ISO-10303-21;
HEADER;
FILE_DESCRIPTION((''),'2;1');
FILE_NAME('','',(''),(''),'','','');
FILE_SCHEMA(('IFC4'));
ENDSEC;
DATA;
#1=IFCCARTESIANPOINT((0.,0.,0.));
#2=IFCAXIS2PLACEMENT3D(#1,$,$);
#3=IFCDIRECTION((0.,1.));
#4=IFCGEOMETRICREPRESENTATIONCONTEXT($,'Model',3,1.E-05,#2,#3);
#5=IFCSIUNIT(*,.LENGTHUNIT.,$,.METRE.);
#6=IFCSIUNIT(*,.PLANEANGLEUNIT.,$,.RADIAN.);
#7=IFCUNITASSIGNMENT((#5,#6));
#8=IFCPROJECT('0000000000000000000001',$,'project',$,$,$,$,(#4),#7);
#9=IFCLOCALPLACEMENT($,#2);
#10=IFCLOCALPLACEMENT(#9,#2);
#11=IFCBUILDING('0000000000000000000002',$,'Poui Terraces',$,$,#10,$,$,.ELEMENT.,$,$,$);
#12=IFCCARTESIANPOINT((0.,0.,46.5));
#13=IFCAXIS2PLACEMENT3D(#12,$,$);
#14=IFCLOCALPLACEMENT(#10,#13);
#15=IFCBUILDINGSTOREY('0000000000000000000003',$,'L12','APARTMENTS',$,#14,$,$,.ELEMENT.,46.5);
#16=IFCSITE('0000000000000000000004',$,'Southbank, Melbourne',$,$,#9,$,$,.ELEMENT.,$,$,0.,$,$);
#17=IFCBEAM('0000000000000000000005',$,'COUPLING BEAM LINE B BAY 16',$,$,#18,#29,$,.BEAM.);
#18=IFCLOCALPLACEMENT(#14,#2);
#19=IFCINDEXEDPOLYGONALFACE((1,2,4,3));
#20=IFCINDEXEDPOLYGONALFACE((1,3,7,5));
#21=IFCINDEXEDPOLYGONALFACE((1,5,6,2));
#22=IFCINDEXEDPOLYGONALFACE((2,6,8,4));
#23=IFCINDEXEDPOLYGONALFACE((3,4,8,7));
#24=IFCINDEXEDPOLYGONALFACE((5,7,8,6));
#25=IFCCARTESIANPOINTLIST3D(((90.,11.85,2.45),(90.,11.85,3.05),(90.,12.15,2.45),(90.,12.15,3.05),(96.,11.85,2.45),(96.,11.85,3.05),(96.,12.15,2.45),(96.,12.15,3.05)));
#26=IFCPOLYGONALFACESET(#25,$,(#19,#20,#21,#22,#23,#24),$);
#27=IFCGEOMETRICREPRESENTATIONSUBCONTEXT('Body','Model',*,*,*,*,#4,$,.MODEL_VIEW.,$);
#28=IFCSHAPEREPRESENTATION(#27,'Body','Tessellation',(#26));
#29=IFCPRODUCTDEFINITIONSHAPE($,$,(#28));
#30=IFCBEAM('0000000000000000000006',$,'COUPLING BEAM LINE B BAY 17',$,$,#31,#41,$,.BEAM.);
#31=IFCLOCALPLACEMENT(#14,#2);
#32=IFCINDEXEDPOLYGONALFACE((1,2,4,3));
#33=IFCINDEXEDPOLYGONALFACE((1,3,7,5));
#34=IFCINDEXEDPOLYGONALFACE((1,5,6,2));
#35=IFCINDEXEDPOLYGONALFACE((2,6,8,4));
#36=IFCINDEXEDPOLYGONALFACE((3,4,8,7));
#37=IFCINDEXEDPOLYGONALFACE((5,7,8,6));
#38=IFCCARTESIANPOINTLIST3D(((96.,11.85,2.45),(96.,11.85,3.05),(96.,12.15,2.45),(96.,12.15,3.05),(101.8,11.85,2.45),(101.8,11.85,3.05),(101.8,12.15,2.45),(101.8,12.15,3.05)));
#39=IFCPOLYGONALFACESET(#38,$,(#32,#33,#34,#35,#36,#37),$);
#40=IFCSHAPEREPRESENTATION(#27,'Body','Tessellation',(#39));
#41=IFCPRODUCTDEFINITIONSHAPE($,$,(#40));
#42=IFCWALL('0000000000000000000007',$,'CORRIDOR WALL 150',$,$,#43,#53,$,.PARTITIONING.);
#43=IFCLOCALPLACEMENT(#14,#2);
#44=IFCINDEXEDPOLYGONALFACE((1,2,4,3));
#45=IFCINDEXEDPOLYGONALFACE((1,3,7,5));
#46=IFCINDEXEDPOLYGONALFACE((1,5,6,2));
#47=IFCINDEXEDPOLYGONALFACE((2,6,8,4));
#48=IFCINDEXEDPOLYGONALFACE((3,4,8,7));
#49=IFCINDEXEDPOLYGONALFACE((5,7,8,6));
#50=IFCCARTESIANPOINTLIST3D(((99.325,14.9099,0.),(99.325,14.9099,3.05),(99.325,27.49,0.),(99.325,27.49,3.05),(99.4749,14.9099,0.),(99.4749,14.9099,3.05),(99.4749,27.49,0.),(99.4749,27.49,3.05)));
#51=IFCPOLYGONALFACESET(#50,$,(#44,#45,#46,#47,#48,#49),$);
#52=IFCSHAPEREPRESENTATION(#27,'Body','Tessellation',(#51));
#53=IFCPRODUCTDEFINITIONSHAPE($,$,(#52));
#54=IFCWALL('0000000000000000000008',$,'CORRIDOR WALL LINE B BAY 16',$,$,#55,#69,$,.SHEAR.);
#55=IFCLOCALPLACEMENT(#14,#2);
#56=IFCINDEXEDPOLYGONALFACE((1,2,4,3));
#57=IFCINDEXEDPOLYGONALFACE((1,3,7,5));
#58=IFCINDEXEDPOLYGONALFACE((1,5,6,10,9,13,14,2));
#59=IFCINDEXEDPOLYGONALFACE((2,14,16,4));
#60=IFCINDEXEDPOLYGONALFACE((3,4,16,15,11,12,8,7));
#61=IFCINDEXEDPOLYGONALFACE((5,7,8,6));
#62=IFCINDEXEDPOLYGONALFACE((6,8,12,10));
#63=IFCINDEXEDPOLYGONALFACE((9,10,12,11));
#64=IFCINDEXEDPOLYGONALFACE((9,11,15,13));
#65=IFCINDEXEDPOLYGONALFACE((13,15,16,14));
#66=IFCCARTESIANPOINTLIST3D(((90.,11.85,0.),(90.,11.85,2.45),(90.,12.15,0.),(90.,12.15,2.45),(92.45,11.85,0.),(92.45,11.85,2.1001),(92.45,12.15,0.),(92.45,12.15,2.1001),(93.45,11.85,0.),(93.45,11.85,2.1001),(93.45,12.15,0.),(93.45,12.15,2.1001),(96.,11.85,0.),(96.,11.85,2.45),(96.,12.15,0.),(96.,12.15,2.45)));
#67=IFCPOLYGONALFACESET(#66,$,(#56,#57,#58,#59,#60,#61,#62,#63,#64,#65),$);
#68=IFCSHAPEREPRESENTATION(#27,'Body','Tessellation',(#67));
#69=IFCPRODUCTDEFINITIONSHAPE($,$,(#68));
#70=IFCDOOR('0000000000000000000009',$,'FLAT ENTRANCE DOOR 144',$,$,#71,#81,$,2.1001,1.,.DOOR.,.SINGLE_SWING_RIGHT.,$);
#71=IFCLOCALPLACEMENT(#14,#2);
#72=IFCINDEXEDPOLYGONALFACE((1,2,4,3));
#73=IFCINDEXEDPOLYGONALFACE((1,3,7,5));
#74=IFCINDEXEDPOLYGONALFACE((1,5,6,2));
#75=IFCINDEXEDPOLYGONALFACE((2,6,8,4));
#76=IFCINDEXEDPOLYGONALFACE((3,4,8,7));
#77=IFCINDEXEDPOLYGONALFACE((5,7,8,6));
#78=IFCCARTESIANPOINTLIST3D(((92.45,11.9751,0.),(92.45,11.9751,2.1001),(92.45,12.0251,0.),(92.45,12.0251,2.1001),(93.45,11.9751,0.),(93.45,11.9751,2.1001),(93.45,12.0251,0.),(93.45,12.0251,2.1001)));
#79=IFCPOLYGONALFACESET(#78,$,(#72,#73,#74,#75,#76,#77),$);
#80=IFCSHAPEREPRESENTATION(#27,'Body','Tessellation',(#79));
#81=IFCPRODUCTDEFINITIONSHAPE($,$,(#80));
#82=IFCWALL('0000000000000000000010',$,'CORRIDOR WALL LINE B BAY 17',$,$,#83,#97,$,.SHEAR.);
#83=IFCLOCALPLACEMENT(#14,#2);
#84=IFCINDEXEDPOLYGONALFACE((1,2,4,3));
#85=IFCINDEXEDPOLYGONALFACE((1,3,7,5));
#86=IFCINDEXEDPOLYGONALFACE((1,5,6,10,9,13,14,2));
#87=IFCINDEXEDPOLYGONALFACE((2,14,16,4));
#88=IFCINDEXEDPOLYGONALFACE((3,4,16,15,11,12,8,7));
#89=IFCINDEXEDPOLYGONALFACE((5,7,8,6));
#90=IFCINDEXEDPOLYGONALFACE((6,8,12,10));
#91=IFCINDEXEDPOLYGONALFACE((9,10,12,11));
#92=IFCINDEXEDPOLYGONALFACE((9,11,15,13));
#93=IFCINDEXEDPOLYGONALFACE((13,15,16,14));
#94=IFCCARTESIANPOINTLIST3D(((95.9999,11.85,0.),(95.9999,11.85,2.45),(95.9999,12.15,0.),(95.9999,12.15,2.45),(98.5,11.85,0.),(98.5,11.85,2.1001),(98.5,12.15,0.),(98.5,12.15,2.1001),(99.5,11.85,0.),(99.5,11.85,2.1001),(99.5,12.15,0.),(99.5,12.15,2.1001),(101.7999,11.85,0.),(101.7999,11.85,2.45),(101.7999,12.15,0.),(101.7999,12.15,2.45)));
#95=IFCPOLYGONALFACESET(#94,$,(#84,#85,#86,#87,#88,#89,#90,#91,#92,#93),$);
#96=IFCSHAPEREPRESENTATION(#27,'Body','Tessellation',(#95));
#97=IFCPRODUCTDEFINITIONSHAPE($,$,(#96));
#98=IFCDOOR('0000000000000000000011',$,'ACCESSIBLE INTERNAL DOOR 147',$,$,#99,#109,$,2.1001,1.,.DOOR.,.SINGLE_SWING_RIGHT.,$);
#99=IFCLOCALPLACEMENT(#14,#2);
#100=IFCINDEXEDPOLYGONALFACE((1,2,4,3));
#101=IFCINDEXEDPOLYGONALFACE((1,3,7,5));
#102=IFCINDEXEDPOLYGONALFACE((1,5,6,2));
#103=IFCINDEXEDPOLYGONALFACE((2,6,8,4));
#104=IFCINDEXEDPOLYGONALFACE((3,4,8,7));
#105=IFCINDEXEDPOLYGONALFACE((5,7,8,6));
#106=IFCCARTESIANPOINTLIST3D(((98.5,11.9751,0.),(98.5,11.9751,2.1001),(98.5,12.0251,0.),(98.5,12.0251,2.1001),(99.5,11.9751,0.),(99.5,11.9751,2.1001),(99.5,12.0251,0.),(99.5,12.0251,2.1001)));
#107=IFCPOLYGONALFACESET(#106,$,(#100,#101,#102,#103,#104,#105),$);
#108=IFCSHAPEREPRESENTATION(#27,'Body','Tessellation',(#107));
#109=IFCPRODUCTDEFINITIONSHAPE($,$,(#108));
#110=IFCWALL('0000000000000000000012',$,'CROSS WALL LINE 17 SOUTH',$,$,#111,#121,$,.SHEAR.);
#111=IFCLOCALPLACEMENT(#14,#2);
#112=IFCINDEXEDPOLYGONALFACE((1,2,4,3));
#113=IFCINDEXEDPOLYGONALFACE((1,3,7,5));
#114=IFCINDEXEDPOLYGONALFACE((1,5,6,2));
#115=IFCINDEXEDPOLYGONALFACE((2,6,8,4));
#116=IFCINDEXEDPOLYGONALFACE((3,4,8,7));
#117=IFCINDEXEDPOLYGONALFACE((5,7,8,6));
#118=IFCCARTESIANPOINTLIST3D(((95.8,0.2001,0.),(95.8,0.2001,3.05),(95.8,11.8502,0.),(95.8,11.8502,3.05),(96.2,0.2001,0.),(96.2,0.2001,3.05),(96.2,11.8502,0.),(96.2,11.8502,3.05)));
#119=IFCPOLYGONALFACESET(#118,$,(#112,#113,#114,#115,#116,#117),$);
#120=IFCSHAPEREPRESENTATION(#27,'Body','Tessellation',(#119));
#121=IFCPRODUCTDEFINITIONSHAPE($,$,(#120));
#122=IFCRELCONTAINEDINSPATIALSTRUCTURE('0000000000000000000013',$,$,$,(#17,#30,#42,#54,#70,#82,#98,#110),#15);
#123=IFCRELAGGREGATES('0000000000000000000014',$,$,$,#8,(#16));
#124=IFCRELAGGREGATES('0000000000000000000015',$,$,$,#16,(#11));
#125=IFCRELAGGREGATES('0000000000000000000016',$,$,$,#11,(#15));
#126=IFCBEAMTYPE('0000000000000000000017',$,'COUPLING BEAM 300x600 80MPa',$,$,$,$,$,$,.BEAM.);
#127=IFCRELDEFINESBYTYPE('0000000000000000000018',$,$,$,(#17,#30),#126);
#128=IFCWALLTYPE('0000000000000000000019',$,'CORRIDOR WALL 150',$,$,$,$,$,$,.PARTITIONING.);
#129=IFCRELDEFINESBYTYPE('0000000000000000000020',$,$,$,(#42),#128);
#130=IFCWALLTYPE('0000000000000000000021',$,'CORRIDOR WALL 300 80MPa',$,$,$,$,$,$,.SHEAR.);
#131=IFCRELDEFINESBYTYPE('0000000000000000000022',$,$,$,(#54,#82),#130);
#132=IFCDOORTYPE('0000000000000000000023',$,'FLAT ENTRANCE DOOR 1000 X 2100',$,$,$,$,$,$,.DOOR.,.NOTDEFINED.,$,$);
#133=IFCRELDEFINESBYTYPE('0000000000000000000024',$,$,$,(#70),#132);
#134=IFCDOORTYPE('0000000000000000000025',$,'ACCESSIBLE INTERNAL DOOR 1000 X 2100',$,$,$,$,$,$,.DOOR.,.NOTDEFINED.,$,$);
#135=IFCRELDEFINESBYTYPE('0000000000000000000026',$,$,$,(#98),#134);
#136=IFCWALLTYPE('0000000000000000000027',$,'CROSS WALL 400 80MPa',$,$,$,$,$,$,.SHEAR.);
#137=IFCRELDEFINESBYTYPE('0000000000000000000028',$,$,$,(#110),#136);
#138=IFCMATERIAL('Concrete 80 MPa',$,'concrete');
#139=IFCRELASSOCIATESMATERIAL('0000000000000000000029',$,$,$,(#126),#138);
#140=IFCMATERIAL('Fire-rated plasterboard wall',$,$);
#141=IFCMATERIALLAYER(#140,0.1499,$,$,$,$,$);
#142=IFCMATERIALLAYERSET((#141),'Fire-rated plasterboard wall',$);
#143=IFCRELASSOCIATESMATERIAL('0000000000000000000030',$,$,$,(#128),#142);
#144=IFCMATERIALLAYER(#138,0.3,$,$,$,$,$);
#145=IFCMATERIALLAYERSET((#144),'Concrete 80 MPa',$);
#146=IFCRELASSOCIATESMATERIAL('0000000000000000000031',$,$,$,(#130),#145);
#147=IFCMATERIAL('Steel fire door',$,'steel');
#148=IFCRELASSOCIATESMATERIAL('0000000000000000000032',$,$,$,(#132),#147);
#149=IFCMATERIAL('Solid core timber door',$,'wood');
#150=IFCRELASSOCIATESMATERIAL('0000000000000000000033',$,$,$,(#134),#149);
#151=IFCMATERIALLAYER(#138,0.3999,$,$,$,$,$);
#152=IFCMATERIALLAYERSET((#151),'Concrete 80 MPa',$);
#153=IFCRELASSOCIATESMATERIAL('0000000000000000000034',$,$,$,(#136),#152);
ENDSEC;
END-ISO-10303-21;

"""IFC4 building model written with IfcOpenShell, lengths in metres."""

from ifc_helpers import new_model, si_unit, direction, frame, frame_2d, origin, origin_2d, place, context, subcontext, project, spatial, rectangle, extrude, source, transform, mapped, material, layer, layer_set, material_profile, profile_set, type_object, element, fill, save


model = new_model("IFC4")

# Units and contexts
model_context = context("Model", 3, precision=1e-05, world=origin(), true_north=direction((0.0, 1.0)))
body_context = subcontext(model_context, "Body", "Model", "MODEL_VIEW")
ifc_project = project(units=[si_unit("LENGTHUNIT", "METRE"), si_unit("PLANEANGLEUNIT", "RADIAN")], contexts=[model_context])

# Site, building, storey
site_placement = place(None, origin())
site = spatial("IfcSite", under=ifc_project, at=site_placement, Name="Southbank, Melbourne", CompositionType="ELEMENT", RefElevation=0.0)
building_placement = place(site_placement, origin())
building = spatial("IfcBuilding", under=site, at=building_placement, Name="Poui Terraces", CompositionType="ELEMENT")
storey_placement = place(building_placement, frame((0.0, 0.0, 46.5)))
storey = spatial("IfcBuildingStorey", under=building, at=storey_placement, Name="L12", Description="APARTMENTS", CompositionType="ELEMENT", Elevation=46.5)

# Beams
ifc_material_1 = material(Name="Concrete 80 MPa", Category="concrete")
ifc_material_profile = material_profile(ifc_material_1, rectangle(XDim=0.3, YDim=0.6001, at=origin_2d()), Name="RC 300x600")
ifc_profile_set = profile_set([ifc_material_profile], Name="Concrete 80 MPa")
beam_type = type_object("IfcBeamType", Name="COUPLING BEAM 300x600 80MPa", PredefinedType="BEAM", material=ifc_profile_set)
shared_shape_1 = source(origin(), body_context, "Body", "SweptSolid", [
    extrude(rectangle(XDim=0.3, YDim=0.6001, at=origin_2d()), origin(), (0.0, 0.0, 1.0), 6.0),
])
beam_1_placement = place(storey_placement, frame((90.0, 12.0, 2.75), z_axis=(1.0, 0.0, 0.0), x_axis=(0.0, 1.0, 0.0)))
element("IfcBeam", 1, at=beam_1_placement, inside=storey, type_object=beam_type, Name="COUPLING BEAM LINE B BAY 16", PredefinedType="BEAM", context=body_context, shape_type="MappedRepresentation", body=[
    mapped(shared_shape_1, transform((0.0, 0.0, 0.0))),
])
shared_shape_2 = source(origin(), body_context, "Body", "SweptSolid", [
    extrude(rectangle(XDim=0.3, YDim=0.6001, at=origin_2d()), origin(), (0.0, 0.0, 1.0), 5.8),
])
beam_2_placement = place(storey_placement, frame((96.0, 12.0, 2.75), z_axis=(1.0, 0.0, 0.0), x_axis=(0.0, 1.0, 0.0)))
element("IfcBeam", 2, at=beam_2_placement, inside=storey, type_object=beam_type, Name="COUPLING BEAM LINE B BAY 17", PredefinedType="BEAM", context=body_context, shape_type="MappedRepresentation", body=[
    mapped(shared_shape_2, transform((0.0, 0.0, 0.0))),
])

# Wall
ifc_material_2 = material(Name="Fire-rated plasterboard wall")
ifc_layer_1 = layer(ifc_material_2, 0.1499)
ifc_layer_set_1 = layer_set([ifc_layer_1], Name="Fire-rated plasterboard wall")
wall_type_1 = type_object("IfcWallType", Name="CORRIDOR WALL 150", PredefinedType="PARTITIONING", material=ifc_layer_set_1)
wall_1_placement = place(storey_placement, frame((99.3999, 14.9099, 0.0), z_axis=(0.0, 0.0, 1.0), x_axis=(0.0, 1.0, 0.0)))
element("IfcWall", 3, at=wall_1_placement, inside=storey, type_object=wall_type_1, Name="CORRIDOR WALL 150", PredefinedType="PARTITIONING", context=body_context, shape_type="SweptSolid", body=[
    extrude(rectangle(XDim=12.5801, YDim=0.1499, at=frame_2d((6.29, 0.0))), origin(), (0.0, 0.0, 1.0), 3.05),
])

# Walls, openings, doors
ifc_layer_2 = layer(ifc_material_1, 0.3)
ifc_layer_set_2 = layer_set([ifc_layer_2], Name="Concrete 80 MPa")
wall_type_2 = type_object("IfcWallType", Name="CORRIDOR WALL 300 80MPa", PredefinedType="SHEAR", material=ifc_layer_set_2)
wall_2_placement = place(storey_placement, frame((90.0, 12.0, 0.0), z_axis=(0.0, 0.0, 1.0), x_axis=(1.0, 0.0, 0.0)))
wall_2 = element("IfcWall", 4, at=wall_2_placement, inside=storey, type_object=wall_type_2, Name="CORRIDOR WALL LINE B BAY 16", PredefinedType="SHEAR", context=body_context, shape_type="SweptSolid", body=[
    extrude(rectangle(XDim=6.0, YDim=0.3, at=frame_2d((3.0, 0.0))), origin(), (0.0, 0.0, 1.0), 2.45),
])
opening_1_placement = place(wall_2_placement, frame((2.45, 0.0, 0.0)))
opening_1 = element("IfcOpeningElement", 5, at=opening_1_placement, cuts=wall_2, PredefinedType="OPENING", context=body_context, shape_type="SweptSolid", body=[
    extrude(rectangle(XDim=1.0, YDim=2.1001, at=frame_2d((0.5, 1.05))), frame((0.0, 0.1602, 0.0), z_axis=(0.0, -1.0, 0.0), x_axis=(1.0, 0.0, 0.0)), (0.0, 0.0, 1.0), 0.3201),
])
ifc_material_3 = material(Name="Steel fire door", Category="steel")
door_type_1 = type_object("IfcDoorType", Name="FLAT ENTRANCE DOOR 1000 X 2100", OperationType="NOTDEFINED", PredefinedType="DOOR", material=ifc_material_3)
door_1_placement = place(opening_1_placement, frame((1.0, 0.0, 0.0), z_axis=(0.0, 0.0, 1.0), x_axis=(-1.0, 0.0, 0.0)))
door_1 = element("IfcDoor", 6, at=door_1_placement, inside=storey, type_object=door_type_1, Name="FLAT ENTRANCE DOOR 144", OperationType="SINGLE_SWING_RIGHT", OverallHeight=2.1001, OverallWidth=1.0, PredefinedType="DOOR", context=body_context, shape_type="SweptSolid", body=[
    extrude(rectangle(XDim=1.0, YDim=2.1001, at=frame_2d((0.5, 1.05))), frame((0.0, 0.0249, 0.0), z_axis=(0.0, -1.0, 0.0), x_axis=(1.0, 0.0, 0.0)), (0.0, 0.0, 1.0), 0.05),
])
fill(opening_1, door_1)
wall_3_placement = place(storey_placement, frame((96.0, 12.0, 0.0), z_axis=(0.0, 0.0, 1.0), x_axis=(1.0, 0.0, 0.0)))
wall_3 = element("IfcWall", 7, at=wall_3_placement, inside=storey, type_object=wall_type_2, Name="CORRIDOR WALL LINE B BAY 17", PredefinedType="SHEAR", context=body_context, shape_type="SweptSolid", body=[
    extrude(rectangle(XDim=5.8, YDim=0.3, at=frame_2d((2.8999, 0.0))), origin(), (0.0, 0.0, 1.0), 2.45),
])
opening_2_placement = place(wall_3_placement, frame((2.5, 0.0, 0.0)))
opening_2 = element("IfcOpeningElement", 8, at=opening_2_placement, cuts=wall_3, PredefinedType="OPENING", context=body_context, shape_type="SweptSolid", body=[
    extrude(rectangle(XDim=1.0, YDim=2.1001, at=frame_2d((0.5, 1.05))), frame((0.0, 0.1602, 0.0), z_axis=(0.0, -1.0, 0.0), x_axis=(1.0, 0.0, 0.0)), (0.0, 0.0, 1.0), 0.3201),
])
ifc_material_4 = material(Name="Solid core timber door", Category="wood")
door_type_2 = type_object("IfcDoorType", Name="ACCESSIBLE INTERNAL DOOR 1000 X 2100", OperationType="NOTDEFINED", PredefinedType="DOOR", material=ifc_material_4)
door_2_placement = place(opening_2_placement, frame((1.0, 0.0, 0.0), z_axis=(0.0, 0.0, 1.0), x_axis=(-1.0, 0.0, 0.0)))
door_2 = element("IfcDoor", 9, at=door_2_placement, inside=storey, type_object=door_type_2, Name="ACCESSIBLE INTERNAL DOOR 147", OperationType="SINGLE_SWING_RIGHT", OverallHeight=2.1001, OverallWidth=1.0, PredefinedType="DOOR", context=body_context, shape_type="SweptSolid", body=[
    extrude(rectangle(XDim=1.0, YDim=2.1001, at=frame_2d((0.5, 1.05))), frame((0.0, 0.0249, 0.0), z_axis=(0.0, -1.0, 0.0), x_axis=(1.0, 0.0, 0.0)), (0.0, 0.0, 1.0), 0.05),
])
fill(opening_2, door_2)

# Wall
ifc_layer_3 = layer(ifc_material_1, 0.3999)
ifc_layer_set_3 = layer_set([ifc_layer_3], Name="Concrete 80 MPa")
wall_type_3 = type_object("IfcWallType", Name="CROSS WALL 400 80MPa", PredefinedType="SHEAR", material=ifc_layer_set_3)
wall_4_placement = place(storey_placement, frame((96.0, 0.2, 0.0), z_axis=(0.0, 0.0, 1.0), x_axis=(0.0, 1.0, 0.0)))
element("IfcWall", 10, at=wall_4_placement, inside=storey, type_object=wall_type_3, Name="CROSS WALL LINE 17 SOUTH", PredefinedType="SHEAR", context=body_context, shape_type="SweptSolid", body=[
    extrude(rectangle(XDim=11.6501, YDim=0.3999, at=frame_2d((5.8252, 0.0))), origin(), (0.0, 0.0, 1.0), 3.05),
])

save(model, "model.ifc")
